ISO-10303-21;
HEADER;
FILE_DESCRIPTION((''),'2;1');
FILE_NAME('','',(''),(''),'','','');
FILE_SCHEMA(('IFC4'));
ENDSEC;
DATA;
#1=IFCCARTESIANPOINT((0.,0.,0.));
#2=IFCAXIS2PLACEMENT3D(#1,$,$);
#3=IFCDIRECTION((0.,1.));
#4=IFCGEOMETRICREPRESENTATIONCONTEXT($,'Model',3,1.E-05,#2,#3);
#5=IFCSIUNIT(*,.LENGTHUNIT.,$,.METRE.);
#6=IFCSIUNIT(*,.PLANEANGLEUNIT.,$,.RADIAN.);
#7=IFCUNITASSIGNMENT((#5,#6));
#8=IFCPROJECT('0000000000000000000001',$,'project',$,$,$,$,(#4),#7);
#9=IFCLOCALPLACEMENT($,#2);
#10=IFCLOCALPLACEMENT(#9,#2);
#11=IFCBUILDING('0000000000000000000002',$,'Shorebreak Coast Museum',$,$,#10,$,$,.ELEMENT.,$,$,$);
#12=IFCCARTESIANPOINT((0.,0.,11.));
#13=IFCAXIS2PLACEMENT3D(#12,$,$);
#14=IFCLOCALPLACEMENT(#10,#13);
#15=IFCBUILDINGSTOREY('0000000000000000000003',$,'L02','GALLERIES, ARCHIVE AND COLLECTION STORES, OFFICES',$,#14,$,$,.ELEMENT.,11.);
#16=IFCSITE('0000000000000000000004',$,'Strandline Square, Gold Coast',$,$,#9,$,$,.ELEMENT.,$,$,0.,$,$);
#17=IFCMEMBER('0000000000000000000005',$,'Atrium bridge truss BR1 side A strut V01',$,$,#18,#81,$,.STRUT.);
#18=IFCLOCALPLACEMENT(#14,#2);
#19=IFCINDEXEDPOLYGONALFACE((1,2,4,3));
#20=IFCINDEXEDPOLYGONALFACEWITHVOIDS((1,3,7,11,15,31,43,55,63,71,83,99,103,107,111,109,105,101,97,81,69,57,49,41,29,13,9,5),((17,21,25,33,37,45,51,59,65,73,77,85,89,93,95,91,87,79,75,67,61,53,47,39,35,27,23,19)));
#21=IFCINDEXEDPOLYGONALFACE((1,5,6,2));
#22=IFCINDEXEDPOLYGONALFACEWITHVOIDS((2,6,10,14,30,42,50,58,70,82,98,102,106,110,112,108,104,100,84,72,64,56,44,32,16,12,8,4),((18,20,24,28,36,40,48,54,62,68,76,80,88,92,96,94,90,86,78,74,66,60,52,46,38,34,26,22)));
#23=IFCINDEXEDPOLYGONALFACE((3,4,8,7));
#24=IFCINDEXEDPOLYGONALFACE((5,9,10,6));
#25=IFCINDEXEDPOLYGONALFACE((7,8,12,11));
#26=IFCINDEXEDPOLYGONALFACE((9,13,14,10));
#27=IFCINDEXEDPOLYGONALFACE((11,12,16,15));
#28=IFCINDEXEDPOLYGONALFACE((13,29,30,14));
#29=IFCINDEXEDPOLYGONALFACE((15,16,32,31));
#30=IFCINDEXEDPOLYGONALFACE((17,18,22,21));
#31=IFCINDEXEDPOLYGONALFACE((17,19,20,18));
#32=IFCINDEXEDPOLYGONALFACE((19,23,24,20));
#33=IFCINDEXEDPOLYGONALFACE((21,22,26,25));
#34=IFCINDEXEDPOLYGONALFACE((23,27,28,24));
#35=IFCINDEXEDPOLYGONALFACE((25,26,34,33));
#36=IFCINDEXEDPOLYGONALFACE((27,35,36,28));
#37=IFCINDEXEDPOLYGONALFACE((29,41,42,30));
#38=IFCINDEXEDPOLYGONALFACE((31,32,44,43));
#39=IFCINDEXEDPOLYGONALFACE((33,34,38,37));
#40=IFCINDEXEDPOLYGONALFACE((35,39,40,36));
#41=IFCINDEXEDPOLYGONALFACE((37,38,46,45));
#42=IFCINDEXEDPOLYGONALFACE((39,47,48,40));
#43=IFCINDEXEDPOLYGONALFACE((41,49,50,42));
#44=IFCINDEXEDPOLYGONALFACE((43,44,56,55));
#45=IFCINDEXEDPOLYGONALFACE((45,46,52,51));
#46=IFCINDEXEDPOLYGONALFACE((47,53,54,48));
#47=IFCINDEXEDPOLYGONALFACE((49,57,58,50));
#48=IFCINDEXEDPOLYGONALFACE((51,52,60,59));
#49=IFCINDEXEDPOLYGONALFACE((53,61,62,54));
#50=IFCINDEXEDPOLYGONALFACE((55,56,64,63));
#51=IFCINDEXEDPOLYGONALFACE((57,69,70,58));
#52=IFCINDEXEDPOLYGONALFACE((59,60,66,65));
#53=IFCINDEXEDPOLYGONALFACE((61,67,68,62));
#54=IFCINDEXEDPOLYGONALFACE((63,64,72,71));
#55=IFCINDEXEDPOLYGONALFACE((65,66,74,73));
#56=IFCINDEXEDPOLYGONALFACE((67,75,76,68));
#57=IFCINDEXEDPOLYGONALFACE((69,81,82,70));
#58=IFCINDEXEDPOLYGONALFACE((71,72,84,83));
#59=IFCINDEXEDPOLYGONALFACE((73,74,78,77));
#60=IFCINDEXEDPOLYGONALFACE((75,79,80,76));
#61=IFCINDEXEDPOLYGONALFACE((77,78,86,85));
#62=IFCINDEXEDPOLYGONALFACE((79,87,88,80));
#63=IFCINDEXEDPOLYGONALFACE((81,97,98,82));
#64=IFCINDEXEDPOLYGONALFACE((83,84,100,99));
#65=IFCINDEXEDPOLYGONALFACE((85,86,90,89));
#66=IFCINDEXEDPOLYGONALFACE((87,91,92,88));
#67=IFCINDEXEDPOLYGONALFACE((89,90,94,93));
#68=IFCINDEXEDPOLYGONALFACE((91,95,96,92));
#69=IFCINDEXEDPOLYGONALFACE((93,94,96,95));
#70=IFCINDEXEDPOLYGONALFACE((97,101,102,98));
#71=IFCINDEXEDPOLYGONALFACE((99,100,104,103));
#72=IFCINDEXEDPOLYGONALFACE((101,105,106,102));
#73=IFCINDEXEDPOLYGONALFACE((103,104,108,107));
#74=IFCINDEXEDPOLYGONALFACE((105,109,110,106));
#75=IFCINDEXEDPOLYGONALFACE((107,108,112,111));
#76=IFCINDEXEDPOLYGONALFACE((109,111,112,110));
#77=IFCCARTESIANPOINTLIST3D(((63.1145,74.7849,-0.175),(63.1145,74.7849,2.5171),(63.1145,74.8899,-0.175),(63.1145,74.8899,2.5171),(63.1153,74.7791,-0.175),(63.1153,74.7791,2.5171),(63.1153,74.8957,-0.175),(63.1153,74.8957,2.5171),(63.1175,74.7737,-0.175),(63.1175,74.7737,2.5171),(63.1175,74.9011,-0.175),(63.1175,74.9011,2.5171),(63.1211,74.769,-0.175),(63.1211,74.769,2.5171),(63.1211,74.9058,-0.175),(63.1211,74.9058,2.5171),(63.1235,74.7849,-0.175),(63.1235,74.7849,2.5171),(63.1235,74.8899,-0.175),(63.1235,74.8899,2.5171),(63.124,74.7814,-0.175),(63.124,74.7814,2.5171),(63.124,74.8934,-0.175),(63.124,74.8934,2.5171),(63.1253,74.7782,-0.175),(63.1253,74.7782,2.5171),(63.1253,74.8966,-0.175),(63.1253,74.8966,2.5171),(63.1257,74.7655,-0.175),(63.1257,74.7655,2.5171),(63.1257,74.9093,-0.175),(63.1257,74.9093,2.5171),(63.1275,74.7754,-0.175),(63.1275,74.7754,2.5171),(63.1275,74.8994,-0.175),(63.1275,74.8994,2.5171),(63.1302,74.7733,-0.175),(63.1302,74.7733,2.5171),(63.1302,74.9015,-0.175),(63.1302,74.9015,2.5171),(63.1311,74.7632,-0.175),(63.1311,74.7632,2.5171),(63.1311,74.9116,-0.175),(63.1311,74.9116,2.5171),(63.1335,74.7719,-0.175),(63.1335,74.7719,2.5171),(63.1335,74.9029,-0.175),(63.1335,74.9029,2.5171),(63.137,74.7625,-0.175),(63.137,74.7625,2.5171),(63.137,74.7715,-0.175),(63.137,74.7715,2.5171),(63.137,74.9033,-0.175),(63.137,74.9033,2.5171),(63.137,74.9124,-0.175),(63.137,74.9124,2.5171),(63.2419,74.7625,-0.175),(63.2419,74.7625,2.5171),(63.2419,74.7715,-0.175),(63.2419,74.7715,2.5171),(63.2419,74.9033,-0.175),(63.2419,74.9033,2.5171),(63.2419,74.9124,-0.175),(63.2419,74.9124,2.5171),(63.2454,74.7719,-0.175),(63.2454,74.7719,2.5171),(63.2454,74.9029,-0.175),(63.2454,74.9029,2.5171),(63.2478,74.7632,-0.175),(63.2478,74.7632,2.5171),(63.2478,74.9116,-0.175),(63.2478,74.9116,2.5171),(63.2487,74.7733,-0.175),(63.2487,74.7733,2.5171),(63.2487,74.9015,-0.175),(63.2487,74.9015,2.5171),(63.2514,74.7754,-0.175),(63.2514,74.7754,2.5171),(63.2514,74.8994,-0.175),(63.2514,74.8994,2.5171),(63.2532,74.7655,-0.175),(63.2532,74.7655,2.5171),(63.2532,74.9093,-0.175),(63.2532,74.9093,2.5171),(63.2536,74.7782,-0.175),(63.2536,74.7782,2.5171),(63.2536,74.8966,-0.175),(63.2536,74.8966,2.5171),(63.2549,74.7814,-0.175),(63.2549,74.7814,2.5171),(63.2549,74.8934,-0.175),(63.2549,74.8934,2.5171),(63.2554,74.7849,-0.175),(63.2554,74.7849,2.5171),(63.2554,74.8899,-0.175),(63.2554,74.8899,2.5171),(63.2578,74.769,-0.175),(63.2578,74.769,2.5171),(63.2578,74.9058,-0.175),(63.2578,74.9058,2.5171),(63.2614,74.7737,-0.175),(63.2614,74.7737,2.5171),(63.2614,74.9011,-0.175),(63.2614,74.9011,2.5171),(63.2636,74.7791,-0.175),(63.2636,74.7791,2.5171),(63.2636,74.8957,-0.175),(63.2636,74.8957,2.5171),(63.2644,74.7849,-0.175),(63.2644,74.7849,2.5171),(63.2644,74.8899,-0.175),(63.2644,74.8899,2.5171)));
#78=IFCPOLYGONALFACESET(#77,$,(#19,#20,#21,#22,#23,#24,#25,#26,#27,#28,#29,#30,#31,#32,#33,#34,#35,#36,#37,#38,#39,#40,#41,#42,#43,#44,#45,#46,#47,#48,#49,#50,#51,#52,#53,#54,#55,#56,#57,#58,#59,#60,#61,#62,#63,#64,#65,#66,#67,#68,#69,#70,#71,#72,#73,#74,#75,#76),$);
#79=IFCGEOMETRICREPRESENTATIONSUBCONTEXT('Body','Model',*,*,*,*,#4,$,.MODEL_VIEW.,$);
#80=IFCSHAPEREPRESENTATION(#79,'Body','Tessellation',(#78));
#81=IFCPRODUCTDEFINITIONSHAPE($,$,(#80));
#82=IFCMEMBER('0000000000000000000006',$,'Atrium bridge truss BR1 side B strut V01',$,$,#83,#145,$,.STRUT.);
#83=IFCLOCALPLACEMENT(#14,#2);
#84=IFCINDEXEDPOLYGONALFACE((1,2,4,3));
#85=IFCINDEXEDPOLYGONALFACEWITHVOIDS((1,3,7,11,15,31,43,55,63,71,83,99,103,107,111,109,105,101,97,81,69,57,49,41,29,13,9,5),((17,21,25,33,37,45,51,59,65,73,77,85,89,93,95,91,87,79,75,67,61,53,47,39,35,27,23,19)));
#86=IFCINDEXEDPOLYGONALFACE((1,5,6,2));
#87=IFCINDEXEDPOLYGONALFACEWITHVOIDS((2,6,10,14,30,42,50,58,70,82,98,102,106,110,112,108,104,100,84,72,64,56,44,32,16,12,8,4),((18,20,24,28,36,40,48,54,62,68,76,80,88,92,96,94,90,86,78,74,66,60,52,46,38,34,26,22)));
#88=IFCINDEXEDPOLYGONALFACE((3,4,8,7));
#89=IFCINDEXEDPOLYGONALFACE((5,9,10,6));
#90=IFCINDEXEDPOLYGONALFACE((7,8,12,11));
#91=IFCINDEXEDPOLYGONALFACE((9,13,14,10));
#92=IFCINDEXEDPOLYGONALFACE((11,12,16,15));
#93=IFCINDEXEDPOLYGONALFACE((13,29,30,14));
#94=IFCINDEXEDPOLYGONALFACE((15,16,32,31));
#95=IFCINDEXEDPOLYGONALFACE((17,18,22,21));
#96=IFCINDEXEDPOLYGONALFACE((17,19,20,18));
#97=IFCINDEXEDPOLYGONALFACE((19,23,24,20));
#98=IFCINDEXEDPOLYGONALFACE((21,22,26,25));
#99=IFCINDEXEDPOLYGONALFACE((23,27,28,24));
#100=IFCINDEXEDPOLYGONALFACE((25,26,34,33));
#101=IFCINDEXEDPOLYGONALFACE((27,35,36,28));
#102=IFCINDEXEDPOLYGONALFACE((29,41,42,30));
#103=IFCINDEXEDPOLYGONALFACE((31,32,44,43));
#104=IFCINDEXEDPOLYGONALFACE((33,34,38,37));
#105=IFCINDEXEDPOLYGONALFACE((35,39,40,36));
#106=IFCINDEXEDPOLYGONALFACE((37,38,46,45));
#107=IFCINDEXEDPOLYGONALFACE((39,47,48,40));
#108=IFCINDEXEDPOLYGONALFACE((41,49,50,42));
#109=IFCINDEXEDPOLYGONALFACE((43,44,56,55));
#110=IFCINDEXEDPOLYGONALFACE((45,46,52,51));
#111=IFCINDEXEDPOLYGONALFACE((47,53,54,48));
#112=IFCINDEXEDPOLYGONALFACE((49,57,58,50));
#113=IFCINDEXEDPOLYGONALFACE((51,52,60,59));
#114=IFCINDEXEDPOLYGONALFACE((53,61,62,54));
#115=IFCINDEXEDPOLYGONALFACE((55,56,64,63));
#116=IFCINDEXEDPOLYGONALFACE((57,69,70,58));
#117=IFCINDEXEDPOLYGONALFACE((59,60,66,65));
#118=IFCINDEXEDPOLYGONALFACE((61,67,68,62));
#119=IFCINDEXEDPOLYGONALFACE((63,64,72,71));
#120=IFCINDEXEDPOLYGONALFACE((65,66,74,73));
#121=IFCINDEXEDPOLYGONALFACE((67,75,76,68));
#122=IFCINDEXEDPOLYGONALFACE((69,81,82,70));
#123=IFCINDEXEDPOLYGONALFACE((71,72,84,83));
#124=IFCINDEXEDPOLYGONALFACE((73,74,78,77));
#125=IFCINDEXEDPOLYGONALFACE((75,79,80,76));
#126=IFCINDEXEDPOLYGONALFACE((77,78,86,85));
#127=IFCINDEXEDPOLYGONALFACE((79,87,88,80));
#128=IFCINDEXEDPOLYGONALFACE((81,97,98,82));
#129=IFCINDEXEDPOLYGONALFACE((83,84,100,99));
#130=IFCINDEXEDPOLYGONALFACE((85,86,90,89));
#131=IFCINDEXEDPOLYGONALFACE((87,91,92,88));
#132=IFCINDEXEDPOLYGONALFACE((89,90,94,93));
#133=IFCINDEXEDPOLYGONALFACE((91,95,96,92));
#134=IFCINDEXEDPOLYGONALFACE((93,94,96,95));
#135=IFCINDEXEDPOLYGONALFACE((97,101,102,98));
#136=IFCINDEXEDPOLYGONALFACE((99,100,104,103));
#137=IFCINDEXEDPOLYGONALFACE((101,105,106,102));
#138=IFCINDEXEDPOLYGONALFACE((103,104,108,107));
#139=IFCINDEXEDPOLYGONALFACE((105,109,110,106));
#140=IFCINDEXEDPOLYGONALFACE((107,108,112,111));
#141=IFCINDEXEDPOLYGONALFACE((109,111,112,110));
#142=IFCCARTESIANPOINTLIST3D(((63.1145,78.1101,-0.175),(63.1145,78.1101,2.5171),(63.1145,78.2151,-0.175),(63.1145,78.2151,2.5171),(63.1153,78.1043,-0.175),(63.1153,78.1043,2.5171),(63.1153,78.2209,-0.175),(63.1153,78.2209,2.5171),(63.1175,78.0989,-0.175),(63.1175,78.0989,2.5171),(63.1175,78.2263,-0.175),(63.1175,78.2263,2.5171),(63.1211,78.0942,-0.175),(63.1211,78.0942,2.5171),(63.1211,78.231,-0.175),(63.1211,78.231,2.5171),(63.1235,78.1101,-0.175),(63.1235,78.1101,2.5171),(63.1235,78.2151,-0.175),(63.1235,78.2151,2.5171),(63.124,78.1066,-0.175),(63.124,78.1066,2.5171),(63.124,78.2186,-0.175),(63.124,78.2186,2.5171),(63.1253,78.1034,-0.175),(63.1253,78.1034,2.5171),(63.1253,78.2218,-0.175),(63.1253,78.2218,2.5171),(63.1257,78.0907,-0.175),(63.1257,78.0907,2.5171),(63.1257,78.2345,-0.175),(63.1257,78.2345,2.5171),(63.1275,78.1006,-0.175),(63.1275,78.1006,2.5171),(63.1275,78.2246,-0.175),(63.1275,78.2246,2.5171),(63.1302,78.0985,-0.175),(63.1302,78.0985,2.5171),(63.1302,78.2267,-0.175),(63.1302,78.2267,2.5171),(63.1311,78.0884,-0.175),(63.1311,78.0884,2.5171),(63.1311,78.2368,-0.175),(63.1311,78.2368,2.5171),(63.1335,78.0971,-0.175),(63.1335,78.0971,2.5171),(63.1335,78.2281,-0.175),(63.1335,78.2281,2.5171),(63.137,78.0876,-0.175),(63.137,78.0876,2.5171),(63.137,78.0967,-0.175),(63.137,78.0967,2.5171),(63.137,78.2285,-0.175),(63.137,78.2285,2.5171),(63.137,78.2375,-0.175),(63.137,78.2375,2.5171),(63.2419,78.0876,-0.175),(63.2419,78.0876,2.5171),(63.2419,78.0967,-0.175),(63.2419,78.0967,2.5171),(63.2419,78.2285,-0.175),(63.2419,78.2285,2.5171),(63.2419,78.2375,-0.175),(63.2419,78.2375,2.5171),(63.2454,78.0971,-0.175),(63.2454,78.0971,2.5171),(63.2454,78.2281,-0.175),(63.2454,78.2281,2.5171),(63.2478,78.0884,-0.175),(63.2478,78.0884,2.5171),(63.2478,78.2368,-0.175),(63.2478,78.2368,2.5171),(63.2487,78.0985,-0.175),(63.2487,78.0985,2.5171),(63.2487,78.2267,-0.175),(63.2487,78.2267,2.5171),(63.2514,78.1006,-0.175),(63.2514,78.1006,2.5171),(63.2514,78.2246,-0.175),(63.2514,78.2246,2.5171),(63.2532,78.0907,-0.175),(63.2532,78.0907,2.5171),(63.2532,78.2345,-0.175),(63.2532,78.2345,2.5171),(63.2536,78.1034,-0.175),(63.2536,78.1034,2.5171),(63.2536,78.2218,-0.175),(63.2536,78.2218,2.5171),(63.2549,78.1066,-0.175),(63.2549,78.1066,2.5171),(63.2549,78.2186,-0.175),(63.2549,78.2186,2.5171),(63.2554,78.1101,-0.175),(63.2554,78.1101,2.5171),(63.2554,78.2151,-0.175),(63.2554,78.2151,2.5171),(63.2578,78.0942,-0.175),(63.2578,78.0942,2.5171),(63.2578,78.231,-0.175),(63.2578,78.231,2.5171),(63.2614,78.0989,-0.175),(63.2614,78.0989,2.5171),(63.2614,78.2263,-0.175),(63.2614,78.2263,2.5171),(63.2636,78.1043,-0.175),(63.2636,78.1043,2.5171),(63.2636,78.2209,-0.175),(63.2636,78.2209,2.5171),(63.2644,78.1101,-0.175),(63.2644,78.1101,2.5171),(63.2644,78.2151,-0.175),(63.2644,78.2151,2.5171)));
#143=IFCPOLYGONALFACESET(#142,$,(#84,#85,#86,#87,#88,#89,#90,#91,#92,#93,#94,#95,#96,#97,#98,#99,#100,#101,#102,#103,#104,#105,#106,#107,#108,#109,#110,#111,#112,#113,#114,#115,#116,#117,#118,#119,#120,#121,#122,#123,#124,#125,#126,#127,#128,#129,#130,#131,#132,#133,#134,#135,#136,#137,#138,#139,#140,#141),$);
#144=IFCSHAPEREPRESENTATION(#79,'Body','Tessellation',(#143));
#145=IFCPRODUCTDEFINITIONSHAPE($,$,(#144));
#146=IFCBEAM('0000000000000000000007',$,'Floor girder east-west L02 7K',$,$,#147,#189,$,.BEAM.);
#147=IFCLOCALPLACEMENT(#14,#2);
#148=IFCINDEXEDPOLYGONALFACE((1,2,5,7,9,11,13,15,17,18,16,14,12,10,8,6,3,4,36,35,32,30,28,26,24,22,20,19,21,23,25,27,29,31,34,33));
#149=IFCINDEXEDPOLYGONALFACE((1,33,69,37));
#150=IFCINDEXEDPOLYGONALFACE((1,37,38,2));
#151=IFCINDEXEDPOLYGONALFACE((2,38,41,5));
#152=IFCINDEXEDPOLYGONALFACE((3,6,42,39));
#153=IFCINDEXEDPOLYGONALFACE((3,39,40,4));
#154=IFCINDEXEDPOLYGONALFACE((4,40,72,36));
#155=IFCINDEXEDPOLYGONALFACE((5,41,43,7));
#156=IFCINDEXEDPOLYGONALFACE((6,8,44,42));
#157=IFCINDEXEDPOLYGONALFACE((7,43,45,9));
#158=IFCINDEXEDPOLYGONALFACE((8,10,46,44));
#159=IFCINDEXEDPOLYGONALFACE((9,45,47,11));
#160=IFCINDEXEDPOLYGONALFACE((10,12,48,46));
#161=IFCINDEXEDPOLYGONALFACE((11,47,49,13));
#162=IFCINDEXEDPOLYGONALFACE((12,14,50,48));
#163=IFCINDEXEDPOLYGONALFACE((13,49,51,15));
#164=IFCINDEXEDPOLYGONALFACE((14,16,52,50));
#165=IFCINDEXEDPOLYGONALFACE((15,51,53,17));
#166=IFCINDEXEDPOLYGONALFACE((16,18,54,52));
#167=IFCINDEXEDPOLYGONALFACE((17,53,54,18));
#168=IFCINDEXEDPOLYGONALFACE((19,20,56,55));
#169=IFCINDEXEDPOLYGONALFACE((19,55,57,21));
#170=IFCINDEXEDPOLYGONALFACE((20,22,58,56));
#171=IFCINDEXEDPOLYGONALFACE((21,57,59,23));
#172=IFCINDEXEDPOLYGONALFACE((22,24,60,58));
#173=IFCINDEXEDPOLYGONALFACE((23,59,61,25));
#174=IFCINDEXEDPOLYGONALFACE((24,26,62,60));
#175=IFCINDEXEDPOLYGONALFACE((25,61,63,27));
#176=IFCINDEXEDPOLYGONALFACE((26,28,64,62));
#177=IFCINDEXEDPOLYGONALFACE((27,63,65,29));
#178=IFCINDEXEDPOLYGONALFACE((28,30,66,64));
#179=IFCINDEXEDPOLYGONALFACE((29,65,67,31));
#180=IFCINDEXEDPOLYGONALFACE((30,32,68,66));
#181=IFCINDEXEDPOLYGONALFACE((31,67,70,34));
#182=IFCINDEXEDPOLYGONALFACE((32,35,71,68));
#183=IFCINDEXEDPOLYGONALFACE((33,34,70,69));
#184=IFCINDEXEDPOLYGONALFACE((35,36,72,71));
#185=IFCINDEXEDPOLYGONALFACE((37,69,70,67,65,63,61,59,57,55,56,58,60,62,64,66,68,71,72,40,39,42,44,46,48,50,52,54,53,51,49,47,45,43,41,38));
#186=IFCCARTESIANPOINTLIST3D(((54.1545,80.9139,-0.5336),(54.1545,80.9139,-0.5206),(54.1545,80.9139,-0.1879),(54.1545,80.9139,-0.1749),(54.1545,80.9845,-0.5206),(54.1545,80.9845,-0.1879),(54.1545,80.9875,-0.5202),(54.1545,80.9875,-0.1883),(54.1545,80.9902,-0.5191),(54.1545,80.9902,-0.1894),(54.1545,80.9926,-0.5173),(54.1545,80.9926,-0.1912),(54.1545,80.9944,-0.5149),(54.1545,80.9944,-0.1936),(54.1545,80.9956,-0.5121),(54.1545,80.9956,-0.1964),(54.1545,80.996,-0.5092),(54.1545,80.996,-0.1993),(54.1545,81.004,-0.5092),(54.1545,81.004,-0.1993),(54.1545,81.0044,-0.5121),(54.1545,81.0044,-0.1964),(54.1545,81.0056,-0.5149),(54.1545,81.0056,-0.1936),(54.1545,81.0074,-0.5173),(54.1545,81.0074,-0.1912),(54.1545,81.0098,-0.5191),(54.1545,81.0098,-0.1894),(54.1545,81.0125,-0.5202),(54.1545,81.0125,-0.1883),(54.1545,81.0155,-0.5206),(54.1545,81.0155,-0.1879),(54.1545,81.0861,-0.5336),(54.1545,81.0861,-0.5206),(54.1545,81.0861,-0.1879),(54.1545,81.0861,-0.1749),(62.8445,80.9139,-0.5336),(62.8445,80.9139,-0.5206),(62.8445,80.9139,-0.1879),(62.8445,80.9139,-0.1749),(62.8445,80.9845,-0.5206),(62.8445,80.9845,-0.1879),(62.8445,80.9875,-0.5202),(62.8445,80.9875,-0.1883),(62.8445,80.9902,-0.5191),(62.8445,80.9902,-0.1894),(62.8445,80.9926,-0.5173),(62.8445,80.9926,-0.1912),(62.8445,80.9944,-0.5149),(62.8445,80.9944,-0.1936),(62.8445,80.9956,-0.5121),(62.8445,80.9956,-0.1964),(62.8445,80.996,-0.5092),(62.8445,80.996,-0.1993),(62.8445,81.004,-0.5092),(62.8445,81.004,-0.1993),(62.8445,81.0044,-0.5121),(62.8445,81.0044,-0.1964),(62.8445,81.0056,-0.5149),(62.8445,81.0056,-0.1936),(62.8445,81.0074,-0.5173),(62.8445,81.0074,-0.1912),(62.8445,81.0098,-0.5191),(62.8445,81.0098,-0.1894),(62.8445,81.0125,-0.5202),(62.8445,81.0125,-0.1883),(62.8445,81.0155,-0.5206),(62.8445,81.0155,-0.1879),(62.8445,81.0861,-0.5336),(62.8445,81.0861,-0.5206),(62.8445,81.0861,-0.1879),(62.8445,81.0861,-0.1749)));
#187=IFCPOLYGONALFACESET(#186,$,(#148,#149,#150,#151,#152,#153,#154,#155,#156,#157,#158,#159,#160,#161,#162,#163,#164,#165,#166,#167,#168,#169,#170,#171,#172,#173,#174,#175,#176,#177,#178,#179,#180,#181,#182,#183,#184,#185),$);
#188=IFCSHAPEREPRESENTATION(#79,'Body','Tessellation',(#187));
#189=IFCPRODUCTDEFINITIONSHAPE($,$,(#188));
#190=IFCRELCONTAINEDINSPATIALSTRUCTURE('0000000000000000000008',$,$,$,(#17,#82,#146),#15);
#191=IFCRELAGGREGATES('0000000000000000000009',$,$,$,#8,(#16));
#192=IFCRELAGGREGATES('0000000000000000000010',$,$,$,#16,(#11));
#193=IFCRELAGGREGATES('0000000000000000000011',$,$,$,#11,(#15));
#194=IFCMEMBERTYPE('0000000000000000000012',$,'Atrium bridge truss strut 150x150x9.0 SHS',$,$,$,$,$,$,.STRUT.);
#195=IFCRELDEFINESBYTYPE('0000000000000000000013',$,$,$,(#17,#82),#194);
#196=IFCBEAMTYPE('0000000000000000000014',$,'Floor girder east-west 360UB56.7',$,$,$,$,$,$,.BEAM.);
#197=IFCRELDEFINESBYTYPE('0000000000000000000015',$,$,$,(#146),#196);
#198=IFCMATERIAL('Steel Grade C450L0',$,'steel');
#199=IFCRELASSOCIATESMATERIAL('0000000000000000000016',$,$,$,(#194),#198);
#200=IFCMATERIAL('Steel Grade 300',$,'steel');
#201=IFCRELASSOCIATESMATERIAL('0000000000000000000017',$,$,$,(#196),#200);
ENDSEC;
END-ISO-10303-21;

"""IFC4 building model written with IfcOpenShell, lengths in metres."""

from ifc_helpers import new_model, si_unit, direction, frame, origin, origin_2d, place, context, subcontext, project, spatial, hollow_rectangle, i_section, extrude, material, material_profile, profile_set, type_object, element, save


model = new_model("IFC4")

# Units and contexts
model_context = context("Model", 3, precision=1e-05, world=origin(), true_north=direction((0.0, 1.0)))
body_context = subcontext(model_context, "Body", "Model", "MODEL_VIEW")
ifc_project = project(units=[si_unit("LENGTHUNIT", "METRE"), si_unit("PLANEANGLEUNIT", "RADIAN")], contexts=[model_context])

# Site, building, storey
site_placement = place(None, origin())
site = spatial("IfcSite", under=ifc_project, at=site_placement, Name="Strandline Square, Gold Coast", CompositionType="ELEMENT", RefElevation=0.0)
building_placement = place(site_placement, origin())
building = spatial("IfcBuilding", under=site, at=building_placement, Name="Shorebreak Coast Museum", CompositionType="ELEMENT")
storey_placement = place(building_placement, frame((0.0, 0.0, 11.0)))
storey = spatial("IfcBuildingStorey", under=building, at=storey_placement, Name="L02", Description="GALLERIES, ARCHIVE AND COLLECTION STORES, OFFICES", CompositionType="ELEMENT", Elevation=11.0)

# Members
ifc_material_1 = material(Name="Steel Grade C450L0", Category="steel")
ifc_material_profile_1 = material_profile(ifc_material_1, hollow_rectangle(XDim=0.1499, YDim=0.1499, WallThickness=0.009, InnerFilletRadius=0.0134, OuterFilletRadius=0.0225, at=origin_2d()), Name="150x150x9.0 SHS")
ifc_profile_set_1 = profile_set([ifc_material_profile_1], Name="Steel Grade C450L0")
member_type_1 = type_object("IfcMemberType", Name="Atrium bridge truss strut 150x150x9.0 SHS", PredefinedType="STRUT", material=ifc_profile_set_1)
for number, where, z_axis, x_axis, name in (
    (1, (63.1895, 74.8374, -0.175), (0.0, 0.0, 1.0), (1.0, 0.0, 0.0), "Atrium bridge truss BR1 side A strut V01"),
    (2, (63.1895, 78.1626, -0.175), (0.0, 0.0, 1.0), (1.0, 0.0, 0.0), "Atrium bridge truss BR1 side B strut V01"),
):
    element("IfcMember", number, at=place(storey_placement, frame(where, z_axis=z_axis, x_axis=x_axis)), inside=storey, type_object=member_type_1, Name=name, PredefinedType="STRUT", context=body_context, shape_type="SweptSolid", body=[
        extrude(hollow_rectangle(XDim=0.1499, YDim=0.1499, WallThickness=0.009, InnerFilletRadius=0.0134, OuterFilletRadius=0.0225, at=origin_2d()), origin(), (0.0, 0.0, 1.0), 2.6921),
    ])

# Beam
ifc_material_2 = material(Name="Steel Grade 300", Category="steel")
ifc_material_profile_2 = material_profile(ifc_material_2, i_section(OverallWidth=0.1721, OverallDepth=0.3586, WebThickness=0.0081, FlangeThickness=0.0129, FilletRadius=0.0115, at=origin_2d()), Name="360UB56.7")
ifc_profile_set_2 = profile_set([ifc_material_profile_2], Name="Steel Grade 300")
beam_type_1 = type_object("IfcBeamType", Name="Floor girder east-west 360UB56.7", PredefinedType="BEAM", material=ifc_profile_set_2)
beam_1_placement = place(storey_placement, frame((54.1545, 81.0, -0.3542), z_axis=(1.0, 0.0, 0.0), x_axis=(0.0, 1.0, 0.0)))
element("IfcBeam", 3, at=beam_1_placement, inside=storey, type_object=beam_type_1, Name="Floor girder east-west L02 7K", PredefinedType="BEAM", context=body_context, shape_type="SweptSolid", body=[
    extrude(i_section(OverallWidth=0.1721, OverallDepth=0.3586, WebThickness=0.0081, FlangeThickness=0.0129, FilletRadius=0.0115, at=origin_2d()), origin(), (0.0, 0.0, 1.0), 8.6899),
])

save(model, "model.ifc")
